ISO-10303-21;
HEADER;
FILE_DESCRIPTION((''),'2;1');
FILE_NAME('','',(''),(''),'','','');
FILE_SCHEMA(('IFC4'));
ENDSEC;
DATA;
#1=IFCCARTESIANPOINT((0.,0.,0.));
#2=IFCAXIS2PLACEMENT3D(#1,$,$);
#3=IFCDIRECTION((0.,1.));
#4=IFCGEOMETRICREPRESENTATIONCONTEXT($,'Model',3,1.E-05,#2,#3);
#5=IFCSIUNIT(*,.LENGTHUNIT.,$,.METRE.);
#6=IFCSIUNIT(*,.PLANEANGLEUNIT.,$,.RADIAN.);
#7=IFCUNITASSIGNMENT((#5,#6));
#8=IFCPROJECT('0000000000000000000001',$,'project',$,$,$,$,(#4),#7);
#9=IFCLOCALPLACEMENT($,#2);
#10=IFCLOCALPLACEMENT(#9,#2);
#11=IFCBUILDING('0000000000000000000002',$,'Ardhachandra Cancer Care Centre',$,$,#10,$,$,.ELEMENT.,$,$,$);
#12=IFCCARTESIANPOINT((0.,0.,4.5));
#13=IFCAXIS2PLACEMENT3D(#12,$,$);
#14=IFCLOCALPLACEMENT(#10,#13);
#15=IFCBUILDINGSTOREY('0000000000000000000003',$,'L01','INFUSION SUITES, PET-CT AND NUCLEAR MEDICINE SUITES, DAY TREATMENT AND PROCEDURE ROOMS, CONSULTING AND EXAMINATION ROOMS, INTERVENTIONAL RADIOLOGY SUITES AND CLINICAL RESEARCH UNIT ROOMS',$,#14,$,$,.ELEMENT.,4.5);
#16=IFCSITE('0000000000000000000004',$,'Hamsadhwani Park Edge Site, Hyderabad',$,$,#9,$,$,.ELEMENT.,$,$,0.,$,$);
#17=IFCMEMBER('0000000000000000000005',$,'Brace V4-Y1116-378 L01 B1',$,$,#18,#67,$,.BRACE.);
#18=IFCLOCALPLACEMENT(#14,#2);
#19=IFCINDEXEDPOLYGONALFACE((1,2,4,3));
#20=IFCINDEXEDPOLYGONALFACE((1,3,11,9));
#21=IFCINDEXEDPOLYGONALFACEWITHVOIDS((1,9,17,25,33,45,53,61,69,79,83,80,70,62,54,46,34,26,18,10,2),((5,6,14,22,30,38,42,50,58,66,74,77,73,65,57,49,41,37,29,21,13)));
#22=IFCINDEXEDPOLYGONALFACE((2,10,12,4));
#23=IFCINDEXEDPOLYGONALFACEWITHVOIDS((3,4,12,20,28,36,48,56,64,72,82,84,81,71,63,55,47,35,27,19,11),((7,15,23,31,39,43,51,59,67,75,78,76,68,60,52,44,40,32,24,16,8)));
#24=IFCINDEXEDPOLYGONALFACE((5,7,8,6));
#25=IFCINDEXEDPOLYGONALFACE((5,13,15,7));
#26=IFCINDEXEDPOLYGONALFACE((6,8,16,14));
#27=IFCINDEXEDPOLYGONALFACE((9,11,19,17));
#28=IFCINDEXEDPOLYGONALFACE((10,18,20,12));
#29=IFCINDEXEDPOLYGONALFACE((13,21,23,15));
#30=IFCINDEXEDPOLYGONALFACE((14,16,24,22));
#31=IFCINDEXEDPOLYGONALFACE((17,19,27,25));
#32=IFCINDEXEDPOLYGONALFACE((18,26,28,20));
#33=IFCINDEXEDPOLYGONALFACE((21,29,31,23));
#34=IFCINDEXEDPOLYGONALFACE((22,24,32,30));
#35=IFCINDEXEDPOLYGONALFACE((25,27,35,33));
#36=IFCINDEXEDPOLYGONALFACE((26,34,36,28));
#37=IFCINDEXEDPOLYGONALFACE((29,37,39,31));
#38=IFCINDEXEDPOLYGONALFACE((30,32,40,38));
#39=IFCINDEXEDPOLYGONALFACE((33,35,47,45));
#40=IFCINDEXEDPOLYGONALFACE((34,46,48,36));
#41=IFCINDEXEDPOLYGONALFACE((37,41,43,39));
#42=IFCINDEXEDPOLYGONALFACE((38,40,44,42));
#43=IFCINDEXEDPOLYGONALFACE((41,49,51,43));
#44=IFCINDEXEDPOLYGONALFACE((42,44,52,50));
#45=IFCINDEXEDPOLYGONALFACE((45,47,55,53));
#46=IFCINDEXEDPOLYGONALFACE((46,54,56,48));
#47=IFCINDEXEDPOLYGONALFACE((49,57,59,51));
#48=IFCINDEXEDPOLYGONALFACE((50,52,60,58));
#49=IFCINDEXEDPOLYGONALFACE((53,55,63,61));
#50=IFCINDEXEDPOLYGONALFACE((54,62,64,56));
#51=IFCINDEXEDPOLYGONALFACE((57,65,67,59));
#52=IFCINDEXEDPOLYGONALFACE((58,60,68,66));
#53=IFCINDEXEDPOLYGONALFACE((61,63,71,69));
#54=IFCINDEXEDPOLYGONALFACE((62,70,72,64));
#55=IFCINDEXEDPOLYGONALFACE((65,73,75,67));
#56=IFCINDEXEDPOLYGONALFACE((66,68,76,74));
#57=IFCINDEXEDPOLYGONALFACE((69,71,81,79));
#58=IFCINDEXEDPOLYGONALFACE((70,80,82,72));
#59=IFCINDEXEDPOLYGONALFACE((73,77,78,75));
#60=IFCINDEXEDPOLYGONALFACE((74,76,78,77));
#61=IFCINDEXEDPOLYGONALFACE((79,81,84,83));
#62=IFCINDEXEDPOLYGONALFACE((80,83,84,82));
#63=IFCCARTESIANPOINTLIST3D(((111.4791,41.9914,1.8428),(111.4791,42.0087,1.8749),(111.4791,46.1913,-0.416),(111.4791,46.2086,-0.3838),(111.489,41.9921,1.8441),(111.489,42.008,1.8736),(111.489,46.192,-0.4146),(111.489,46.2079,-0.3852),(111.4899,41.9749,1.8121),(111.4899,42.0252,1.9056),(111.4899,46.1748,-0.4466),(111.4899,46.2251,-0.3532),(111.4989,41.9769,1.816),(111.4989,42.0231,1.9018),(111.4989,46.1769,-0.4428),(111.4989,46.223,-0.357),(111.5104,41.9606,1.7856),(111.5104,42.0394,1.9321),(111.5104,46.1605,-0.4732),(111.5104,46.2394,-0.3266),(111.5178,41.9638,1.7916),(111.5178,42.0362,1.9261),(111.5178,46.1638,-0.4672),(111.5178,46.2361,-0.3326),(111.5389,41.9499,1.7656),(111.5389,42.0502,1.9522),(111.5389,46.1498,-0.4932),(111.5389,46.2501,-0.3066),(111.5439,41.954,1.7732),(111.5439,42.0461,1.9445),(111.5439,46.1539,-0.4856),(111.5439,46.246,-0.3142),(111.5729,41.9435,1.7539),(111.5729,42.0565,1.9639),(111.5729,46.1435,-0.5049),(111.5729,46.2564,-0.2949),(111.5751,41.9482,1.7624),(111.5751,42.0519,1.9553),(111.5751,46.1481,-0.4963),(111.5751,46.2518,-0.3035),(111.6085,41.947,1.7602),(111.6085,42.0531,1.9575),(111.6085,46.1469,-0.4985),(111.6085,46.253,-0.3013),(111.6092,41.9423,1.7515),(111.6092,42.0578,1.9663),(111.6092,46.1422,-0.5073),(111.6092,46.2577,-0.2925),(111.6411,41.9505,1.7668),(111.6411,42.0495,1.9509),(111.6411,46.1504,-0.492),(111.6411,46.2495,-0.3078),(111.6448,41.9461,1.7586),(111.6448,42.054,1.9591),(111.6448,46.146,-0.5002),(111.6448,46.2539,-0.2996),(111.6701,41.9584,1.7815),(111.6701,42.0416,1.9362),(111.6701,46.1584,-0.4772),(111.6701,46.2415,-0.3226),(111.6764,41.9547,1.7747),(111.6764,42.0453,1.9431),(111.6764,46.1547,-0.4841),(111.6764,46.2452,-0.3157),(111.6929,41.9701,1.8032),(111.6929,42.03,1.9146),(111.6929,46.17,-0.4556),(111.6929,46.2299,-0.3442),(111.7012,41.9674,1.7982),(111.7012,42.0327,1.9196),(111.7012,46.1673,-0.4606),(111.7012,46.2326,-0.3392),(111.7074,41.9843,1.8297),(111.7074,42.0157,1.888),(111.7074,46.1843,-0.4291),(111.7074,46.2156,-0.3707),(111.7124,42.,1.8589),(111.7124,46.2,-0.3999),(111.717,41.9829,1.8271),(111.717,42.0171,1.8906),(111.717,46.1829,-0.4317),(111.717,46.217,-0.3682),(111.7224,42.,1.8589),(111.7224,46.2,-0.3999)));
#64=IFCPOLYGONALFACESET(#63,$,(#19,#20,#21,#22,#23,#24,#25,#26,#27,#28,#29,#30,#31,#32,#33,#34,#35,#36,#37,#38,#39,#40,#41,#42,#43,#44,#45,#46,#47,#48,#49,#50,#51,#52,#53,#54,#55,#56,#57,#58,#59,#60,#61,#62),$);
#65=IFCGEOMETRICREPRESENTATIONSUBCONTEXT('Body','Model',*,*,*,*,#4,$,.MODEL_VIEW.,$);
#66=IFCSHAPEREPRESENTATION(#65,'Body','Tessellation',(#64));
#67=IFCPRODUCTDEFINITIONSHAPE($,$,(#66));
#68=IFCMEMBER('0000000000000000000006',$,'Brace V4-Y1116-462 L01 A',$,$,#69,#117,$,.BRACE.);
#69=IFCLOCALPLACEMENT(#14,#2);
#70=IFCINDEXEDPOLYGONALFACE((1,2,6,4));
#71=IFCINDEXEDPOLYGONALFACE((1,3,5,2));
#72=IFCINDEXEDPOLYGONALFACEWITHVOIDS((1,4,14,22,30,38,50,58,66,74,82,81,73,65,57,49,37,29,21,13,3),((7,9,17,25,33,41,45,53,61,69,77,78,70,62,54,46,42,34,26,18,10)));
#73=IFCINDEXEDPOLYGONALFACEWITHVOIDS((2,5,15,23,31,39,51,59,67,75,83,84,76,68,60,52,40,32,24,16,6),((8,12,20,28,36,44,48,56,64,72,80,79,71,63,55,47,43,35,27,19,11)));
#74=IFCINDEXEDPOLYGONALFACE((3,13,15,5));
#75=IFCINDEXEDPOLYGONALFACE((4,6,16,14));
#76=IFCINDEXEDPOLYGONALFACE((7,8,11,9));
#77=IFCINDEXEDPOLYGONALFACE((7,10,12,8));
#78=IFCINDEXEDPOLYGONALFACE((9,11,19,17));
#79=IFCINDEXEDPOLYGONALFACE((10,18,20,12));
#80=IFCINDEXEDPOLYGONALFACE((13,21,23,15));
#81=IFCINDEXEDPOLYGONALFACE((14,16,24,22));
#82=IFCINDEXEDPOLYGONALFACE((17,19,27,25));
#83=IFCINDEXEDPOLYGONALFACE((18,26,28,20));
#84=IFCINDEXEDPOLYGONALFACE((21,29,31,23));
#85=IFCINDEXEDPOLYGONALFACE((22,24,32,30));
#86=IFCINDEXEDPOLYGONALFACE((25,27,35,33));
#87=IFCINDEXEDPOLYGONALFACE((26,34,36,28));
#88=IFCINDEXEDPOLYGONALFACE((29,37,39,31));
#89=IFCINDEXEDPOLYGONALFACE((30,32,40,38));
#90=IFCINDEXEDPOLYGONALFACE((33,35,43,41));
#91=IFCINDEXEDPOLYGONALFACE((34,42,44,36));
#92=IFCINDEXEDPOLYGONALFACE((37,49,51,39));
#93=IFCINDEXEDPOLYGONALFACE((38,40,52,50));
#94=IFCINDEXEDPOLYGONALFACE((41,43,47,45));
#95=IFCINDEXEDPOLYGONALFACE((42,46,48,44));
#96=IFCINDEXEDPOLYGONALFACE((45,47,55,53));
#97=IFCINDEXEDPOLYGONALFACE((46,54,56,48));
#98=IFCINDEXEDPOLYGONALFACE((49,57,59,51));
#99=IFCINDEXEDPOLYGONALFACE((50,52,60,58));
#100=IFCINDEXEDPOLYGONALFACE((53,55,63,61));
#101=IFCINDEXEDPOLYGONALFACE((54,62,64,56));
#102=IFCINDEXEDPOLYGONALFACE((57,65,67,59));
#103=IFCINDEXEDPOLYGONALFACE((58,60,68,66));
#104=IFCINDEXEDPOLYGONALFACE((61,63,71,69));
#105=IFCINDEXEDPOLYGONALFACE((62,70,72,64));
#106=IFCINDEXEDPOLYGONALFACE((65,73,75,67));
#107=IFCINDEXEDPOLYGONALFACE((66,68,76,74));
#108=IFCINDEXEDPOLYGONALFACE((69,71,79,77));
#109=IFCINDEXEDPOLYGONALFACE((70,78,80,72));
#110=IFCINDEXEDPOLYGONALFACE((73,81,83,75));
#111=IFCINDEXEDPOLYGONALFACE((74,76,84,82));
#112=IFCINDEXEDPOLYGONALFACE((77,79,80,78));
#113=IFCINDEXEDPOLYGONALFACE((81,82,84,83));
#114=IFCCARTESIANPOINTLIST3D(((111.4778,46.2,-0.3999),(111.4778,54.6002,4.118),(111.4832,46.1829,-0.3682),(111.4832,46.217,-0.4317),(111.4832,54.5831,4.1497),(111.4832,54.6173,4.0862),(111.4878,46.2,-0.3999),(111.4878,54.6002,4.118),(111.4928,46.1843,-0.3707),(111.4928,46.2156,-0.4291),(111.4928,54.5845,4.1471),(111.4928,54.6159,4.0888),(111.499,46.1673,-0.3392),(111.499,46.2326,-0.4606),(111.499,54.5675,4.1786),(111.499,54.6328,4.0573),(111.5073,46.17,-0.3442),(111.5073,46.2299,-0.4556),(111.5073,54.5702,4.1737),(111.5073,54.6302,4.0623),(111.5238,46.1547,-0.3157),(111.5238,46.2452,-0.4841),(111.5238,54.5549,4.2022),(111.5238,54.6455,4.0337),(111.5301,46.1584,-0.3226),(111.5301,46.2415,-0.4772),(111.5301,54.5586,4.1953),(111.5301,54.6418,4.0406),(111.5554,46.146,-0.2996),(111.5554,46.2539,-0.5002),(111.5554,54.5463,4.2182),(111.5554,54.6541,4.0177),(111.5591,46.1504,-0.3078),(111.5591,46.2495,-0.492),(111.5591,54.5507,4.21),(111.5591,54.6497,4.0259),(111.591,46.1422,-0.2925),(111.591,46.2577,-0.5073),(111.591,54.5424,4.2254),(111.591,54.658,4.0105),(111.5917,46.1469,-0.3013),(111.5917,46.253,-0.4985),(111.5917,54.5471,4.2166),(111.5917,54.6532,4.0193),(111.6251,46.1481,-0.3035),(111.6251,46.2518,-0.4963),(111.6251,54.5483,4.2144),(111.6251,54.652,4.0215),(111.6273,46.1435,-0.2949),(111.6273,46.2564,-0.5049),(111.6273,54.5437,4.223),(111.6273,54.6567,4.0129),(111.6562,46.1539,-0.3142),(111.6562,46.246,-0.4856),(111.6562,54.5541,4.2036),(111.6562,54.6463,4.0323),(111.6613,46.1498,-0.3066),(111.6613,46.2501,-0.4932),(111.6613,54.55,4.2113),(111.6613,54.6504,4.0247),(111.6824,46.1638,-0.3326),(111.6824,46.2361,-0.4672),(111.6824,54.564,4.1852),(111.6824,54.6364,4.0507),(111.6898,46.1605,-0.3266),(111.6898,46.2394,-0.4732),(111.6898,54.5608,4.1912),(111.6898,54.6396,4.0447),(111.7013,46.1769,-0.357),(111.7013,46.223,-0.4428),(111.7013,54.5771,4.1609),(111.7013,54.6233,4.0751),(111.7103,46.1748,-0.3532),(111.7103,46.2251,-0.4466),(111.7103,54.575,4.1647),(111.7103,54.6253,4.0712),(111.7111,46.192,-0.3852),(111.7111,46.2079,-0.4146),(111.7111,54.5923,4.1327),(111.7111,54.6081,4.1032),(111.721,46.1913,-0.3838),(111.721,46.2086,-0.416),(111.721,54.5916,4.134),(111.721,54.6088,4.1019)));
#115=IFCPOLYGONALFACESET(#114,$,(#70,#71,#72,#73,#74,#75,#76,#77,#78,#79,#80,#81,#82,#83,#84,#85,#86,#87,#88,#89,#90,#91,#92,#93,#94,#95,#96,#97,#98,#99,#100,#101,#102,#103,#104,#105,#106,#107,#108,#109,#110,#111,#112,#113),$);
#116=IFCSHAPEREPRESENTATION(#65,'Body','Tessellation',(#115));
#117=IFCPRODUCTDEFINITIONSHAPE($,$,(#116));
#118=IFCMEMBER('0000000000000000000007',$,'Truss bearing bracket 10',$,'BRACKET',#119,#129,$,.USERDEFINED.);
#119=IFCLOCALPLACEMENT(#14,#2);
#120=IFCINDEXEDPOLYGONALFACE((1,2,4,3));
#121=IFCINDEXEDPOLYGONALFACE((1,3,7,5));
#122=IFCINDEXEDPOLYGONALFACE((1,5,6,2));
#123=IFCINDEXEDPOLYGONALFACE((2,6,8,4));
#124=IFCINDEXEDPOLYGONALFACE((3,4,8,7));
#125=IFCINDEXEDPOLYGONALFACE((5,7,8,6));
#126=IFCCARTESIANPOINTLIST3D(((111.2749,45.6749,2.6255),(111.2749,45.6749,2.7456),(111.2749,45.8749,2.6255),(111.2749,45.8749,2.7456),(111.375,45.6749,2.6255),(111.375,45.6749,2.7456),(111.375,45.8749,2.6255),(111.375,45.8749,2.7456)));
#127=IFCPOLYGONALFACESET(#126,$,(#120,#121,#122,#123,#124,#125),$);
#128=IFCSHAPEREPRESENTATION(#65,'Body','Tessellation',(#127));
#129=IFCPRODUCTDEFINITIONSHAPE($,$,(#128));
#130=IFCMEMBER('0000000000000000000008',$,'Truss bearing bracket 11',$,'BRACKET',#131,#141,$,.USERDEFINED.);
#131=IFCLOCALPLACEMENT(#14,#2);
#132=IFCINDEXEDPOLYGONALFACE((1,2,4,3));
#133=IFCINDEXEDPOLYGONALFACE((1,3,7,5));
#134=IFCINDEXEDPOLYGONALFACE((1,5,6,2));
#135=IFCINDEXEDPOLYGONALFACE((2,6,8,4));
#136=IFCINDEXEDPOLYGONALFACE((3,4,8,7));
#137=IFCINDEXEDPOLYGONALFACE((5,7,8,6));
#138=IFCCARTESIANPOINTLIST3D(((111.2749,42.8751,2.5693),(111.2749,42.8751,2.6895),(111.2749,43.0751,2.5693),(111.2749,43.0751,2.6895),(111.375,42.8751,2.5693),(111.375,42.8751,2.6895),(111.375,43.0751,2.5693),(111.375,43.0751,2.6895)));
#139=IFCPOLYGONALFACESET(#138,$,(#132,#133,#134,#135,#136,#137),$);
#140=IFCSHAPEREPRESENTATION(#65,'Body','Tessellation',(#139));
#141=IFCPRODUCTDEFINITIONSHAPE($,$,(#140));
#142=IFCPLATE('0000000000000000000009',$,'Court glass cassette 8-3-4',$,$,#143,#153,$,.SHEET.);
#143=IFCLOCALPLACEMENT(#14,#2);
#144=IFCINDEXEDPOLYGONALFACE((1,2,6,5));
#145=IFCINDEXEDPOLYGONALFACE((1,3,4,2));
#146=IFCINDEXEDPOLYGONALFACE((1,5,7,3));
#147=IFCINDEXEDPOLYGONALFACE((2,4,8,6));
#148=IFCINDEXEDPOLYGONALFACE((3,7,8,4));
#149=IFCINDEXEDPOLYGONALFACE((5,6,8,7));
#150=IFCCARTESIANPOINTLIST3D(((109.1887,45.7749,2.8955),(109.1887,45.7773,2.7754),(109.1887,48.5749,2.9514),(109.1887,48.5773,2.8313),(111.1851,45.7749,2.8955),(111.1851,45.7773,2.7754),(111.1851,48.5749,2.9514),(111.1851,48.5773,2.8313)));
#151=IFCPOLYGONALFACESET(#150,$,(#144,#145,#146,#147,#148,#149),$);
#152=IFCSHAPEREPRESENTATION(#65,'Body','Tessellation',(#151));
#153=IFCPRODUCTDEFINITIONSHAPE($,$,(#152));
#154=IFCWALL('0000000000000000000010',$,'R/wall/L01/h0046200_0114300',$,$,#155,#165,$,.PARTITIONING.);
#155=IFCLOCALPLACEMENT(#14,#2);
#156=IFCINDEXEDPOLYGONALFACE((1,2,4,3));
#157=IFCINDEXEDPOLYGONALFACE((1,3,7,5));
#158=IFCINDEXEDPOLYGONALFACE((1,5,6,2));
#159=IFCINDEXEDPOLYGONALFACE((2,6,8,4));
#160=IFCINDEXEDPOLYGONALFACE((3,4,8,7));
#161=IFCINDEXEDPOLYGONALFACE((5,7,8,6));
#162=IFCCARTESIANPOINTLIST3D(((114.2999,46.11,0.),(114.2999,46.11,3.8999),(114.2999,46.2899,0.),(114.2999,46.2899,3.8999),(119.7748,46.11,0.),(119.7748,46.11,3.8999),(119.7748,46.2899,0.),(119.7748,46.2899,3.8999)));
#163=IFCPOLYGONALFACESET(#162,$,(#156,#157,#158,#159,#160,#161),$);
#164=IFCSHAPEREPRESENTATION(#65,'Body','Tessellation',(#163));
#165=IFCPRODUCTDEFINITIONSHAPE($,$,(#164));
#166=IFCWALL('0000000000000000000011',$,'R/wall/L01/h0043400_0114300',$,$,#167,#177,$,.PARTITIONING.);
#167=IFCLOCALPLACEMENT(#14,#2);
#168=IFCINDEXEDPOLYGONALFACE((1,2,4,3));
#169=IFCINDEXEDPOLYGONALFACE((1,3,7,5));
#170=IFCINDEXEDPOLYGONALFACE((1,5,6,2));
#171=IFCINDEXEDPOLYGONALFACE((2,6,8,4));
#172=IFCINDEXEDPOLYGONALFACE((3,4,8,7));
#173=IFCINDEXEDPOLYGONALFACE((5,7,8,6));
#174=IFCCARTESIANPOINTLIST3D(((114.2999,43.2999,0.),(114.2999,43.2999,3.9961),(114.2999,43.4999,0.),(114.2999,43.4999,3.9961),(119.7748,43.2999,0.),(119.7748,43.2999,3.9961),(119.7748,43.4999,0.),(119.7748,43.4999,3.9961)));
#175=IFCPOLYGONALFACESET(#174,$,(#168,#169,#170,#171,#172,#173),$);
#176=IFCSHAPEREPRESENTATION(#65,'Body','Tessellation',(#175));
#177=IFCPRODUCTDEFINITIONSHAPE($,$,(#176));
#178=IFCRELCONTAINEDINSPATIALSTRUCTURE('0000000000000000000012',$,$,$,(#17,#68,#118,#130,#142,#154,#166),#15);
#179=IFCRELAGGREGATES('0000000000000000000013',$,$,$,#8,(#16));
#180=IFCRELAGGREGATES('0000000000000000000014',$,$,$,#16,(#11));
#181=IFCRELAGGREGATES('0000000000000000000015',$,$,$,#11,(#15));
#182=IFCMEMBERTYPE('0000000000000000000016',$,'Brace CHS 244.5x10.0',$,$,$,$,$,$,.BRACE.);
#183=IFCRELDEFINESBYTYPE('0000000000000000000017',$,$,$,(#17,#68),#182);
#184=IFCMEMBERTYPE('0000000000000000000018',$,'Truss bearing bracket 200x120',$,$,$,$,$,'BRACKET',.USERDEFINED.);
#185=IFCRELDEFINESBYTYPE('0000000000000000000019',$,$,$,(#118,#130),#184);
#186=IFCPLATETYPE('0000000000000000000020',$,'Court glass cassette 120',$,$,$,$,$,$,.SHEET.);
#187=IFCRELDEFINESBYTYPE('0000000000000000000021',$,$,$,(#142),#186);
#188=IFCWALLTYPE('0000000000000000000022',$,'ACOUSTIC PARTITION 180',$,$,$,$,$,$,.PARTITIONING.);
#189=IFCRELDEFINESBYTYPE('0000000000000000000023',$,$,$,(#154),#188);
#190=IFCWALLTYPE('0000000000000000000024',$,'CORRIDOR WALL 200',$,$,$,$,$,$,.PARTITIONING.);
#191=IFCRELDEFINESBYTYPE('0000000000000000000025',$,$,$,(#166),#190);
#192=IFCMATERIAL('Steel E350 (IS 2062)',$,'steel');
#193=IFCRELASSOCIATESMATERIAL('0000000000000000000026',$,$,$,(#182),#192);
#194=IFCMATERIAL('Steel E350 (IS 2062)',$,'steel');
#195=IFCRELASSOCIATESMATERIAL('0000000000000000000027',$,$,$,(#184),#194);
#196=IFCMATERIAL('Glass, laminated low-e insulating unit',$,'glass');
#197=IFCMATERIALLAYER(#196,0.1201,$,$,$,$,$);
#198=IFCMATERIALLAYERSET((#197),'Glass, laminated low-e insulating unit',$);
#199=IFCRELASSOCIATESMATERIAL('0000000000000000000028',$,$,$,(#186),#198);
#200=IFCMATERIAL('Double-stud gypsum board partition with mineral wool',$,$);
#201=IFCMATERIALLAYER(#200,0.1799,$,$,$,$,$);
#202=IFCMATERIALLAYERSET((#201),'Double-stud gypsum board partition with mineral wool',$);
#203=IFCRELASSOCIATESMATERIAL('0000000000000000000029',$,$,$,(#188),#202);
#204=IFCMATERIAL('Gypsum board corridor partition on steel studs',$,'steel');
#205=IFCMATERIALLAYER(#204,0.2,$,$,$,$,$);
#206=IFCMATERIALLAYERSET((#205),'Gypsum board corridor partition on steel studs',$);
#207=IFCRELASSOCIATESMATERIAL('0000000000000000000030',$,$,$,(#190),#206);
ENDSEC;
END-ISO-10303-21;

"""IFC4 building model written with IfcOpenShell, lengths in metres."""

from ifc_helpers import new_model, si_unit, direction, frame, frame_2d, origin, origin_2d, place, context, subcontext, project, spatial, polyline, rectangle, hollow_circle, outline, extrude, material, layer, layer_set, material_profile, profile_set, type_object, element, save


model = new_model("IFC4")

# Units and contexts
model_context = context("Model", 3, precision=1e-05, world=origin(), true_north=direction((0.0, 1.0)))
body_context = subcontext(model_context, "Body", "Model", "MODEL_VIEW")
ifc_project = project(units=[si_unit("LENGTHUNIT", "METRE"), si_unit("PLANEANGLEUNIT", "RADIAN")], contexts=[model_context])

# Site, building, storey
site_placement = place(None, origin())
site = spatial("IfcSite", under=ifc_project, at=site_placement, Name="Hamsadhwani Park Edge Site, Hyderabad", CompositionType="ELEMENT", RefElevation=0.0)
building_placement = place(site_placement, origin())
building = spatial("IfcBuilding", under=site, at=building_placement, Name="Ardhachandra Cancer Care Centre", CompositionType="ELEMENT")
storey_placement = place(building_placement, frame((0.0, 0.0, 4.5)))
storey = spatial("IfcBuildingStorey", under=building, at=storey_placement, Name="L01", Description="INFUSION SUITES, PET-CT AND NUCLEAR MEDICINE SUITES, DAY TREATMENT AND PROCEDURE ROOMS, CONSULTING AND EXAMINATION ROOMS, INTERVENTIONAL RADIOLOGY SUITES AND CLINICAL RESEARCH UNIT ROOMS", CompositionType="ELEMENT", Elevation=4.5)

# Members
ifc_material_1 = material(Name="Steel E350 (IS 2062)", Category="steel")
ifc_material_profile_1 = material_profile(ifc_material_1, hollow_circle(Radius=0.1223, WallThickness=0.01, at=origin_2d()), Name="CHS 244.5x10.0")
ifc_profile_set_1 = profile_set([ifc_material_profile_1], Name="Steel E350 (IS 2062)")
member_type_1 = type_object("IfcMemberType", Name="Brace CHS 244.5x10.0", PredefinedType="BRACE", material=ifc_profile_set_1)
member_1_placement = place(storey_placement, frame((111.6001, 46.2, -0.3999), z_axis=(0.0, -0.880709, 0.473657), x_axis=(1.0, 0.0, 0.0)))
element("IfcMember", 1, at=member_1_placement, inside=storey, type_object=member_type_1, Name="Brace V4-Y1116-378 L01 B1", PredefinedType="BRACE", context=body_context, shape_type="SweptSolid", body=[
    extrude(hollow_circle(Radius=0.1223, WallThickness=0.01, at=origin_2d()), origin(), (0.0, 0.0, 1.0), 4.7688),
])
member_2_placement = place(storey_placement, frame((111.6001, 46.2, -0.3999), z_axis=(0.0, 0.880704, 0.473666), x_axis=(-1.0, 0.0, 0.0)))
element("IfcMember", 2, at=member_2_placement, inside=storey, type_object=member_type_1, Name="Brace V4-Y1116-462 L01 A", PredefinedType="BRACE", context=body_context, shape_type="SweptSolid", body=[
    extrude(hollow_circle(Radius=0.1223, WallThickness=0.01, at=origin_2d()), origin(), (0.0, 0.0, 1.0), 9.5381),
])
ifc_material_2 = material(Name="Steel E350 (IS 2062)", Category="steel")
ifc_material_profile_2 = material_profile(ifc_material_2, rectangle(XDim=0.2, YDim=0.1201, at=origin_2d()), Name="PL 200x120")
ifc_profile_set_2 = profile_set([ifc_material_profile_2], Name="Steel E350 (IS 2062)")
member_type_2 = type_object("IfcMemberType", Name="Truss bearing bracket 200x120", ElementType="BRACKET", PredefinedType="USERDEFINED", material=ifc_profile_set_2)
for number, where, z_axis, x_axis, name in (
    (3, (111.2749, 45.7749, 2.6855), (1.0, 0.0, 0.0), (0.0, 1.0, 0.0), "Truss bearing bracket 10"),
    (4, (111.2749, 42.9751, 2.6294), (1.0, 0.0, 0.0), (0.0, 1.0, 0.0), "Truss bearing bracket 11"),
):
    element("IfcMember", number, at=place(storey_placement, frame(where, z_axis=z_axis, x_axis=x_axis)), inside=storey, type_object=member_type_2, Name=name, ObjectType="BRACKET", PredefinedType="USERDEFINED", context=body_context, shape_type="SweptSolid", body=[
        extrude(rectangle(XDim=0.2, YDim=0.1201, at=origin_2d()), origin(), (0.0, 0.0, 1.0), 0.1001),
    ])

# Plate
ifc_material_3 = material(Name="Glass, laminated low-e insulating unit", Category="glass")
ifc_layer_1 = layer(ifc_material_3, 0.1201)
ifc_layer_set_1 = layer_set([ifc_layer_1], Name="Glass, laminated low-e insulating unit")
plate_type = type_object("IfcPlateType", Name="Court glass cassette 120", PredefinedType="SHEET", material=ifc_layer_set_1)
plate_placement = place(storey_placement, frame((111.1851, 45.7749, 2.8955), z_axis=(0.0, -0.019963, 0.999801), x_axis=(-1.0, 0.0, 0.0)))
element("IfcPlate", 5, at=plate_placement, inside=storey, type_object=plate_type, Name="Court glass cassette 8-3-4", PredefinedType="SHEET", context=body_context, shape_type="SweptSolid", body=[
    extrude(outline(polyline([(0.0, -2.8005), (1.9963, -2.8005), (1.9963, 0.0), (0.0, 0.0), (0.0, -2.8005)])), frame((0.0, 0.0, -0.1201)), (0.0, 0.0, 1.0), 0.1201),
])

# Walls
ifc_material_4 = material(Name="Double-stud gypsum board partition with mineral wool")
ifc_layer_2 = layer(ifc_material_4, 0.1799)
ifc_layer_set_2 = layer_set([ifc_layer_2], Name="Double-stud gypsum board partition with mineral wool")
wall_type_1 = type_object("IfcWallType", Name="ACOUSTIC PARTITION 180", PredefinedType="PARTITIONING", material=ifc_layer_set_2)
wall_1_placement = place(storey_placement, frame((114.3, 46.2, 0.0), z_axis=(0.0, 0.0, 1.0), x_axis=(1.0, 0.0, 0.0)))
element("IfcWall", 6, at=wall_1_placement, inside=storey, type_object=wall_type_1, Name="R/wall/L01/h0046200_0114300", PredefinedType="PARTITIONING", context=body_context, shape_type="SweptSolid", body=[
    extrude(rectangle(XDim=5.4749, YDim=0.1799, at=frame_2d((2.7373, 0.0))), origin(), (0.0, 0.0, 1.0), 3.8999),
])
ifc_material_5 = material(Name="Gypsum board corridor partition on steel studs", Category="steel")
ifc_layer_3 = layer(ifc_material_5, 0.2)
ifc_layer_set_3 = layer_set([ifc_layer_3], Name="Gypsum board corridor partition on steel studs")
wall_type_2 = type_object("IfcWallType", Name="CORRIDOR WALL 200", PredefinedType="PARTITIONING", material=ifc_layer_set_3)
wall_2_placement = place(storey_placement, frame((114.3, 43.3999, 0.0), z_axis=(0.0, 0.0, 1.0), x_axis=(1.0, 0.0, 0.0)))
element("IfcWall", 7, at=wall_2_placement, inside=storey, type_object=wall_type_2, Name="R/wall/L01/h0043400_0114300", PredefinedType="PARTITIONING", context=body_context, shape_type="SweptSolid", body=[
    extrude(rectangle(XDim=5.4749, YDim=0.2, at=frame_2d((2.7373, 0.0))), origin(), (0.0, 0.0, 1.0), 3.9961),
])

save(model, "model.ifc")
